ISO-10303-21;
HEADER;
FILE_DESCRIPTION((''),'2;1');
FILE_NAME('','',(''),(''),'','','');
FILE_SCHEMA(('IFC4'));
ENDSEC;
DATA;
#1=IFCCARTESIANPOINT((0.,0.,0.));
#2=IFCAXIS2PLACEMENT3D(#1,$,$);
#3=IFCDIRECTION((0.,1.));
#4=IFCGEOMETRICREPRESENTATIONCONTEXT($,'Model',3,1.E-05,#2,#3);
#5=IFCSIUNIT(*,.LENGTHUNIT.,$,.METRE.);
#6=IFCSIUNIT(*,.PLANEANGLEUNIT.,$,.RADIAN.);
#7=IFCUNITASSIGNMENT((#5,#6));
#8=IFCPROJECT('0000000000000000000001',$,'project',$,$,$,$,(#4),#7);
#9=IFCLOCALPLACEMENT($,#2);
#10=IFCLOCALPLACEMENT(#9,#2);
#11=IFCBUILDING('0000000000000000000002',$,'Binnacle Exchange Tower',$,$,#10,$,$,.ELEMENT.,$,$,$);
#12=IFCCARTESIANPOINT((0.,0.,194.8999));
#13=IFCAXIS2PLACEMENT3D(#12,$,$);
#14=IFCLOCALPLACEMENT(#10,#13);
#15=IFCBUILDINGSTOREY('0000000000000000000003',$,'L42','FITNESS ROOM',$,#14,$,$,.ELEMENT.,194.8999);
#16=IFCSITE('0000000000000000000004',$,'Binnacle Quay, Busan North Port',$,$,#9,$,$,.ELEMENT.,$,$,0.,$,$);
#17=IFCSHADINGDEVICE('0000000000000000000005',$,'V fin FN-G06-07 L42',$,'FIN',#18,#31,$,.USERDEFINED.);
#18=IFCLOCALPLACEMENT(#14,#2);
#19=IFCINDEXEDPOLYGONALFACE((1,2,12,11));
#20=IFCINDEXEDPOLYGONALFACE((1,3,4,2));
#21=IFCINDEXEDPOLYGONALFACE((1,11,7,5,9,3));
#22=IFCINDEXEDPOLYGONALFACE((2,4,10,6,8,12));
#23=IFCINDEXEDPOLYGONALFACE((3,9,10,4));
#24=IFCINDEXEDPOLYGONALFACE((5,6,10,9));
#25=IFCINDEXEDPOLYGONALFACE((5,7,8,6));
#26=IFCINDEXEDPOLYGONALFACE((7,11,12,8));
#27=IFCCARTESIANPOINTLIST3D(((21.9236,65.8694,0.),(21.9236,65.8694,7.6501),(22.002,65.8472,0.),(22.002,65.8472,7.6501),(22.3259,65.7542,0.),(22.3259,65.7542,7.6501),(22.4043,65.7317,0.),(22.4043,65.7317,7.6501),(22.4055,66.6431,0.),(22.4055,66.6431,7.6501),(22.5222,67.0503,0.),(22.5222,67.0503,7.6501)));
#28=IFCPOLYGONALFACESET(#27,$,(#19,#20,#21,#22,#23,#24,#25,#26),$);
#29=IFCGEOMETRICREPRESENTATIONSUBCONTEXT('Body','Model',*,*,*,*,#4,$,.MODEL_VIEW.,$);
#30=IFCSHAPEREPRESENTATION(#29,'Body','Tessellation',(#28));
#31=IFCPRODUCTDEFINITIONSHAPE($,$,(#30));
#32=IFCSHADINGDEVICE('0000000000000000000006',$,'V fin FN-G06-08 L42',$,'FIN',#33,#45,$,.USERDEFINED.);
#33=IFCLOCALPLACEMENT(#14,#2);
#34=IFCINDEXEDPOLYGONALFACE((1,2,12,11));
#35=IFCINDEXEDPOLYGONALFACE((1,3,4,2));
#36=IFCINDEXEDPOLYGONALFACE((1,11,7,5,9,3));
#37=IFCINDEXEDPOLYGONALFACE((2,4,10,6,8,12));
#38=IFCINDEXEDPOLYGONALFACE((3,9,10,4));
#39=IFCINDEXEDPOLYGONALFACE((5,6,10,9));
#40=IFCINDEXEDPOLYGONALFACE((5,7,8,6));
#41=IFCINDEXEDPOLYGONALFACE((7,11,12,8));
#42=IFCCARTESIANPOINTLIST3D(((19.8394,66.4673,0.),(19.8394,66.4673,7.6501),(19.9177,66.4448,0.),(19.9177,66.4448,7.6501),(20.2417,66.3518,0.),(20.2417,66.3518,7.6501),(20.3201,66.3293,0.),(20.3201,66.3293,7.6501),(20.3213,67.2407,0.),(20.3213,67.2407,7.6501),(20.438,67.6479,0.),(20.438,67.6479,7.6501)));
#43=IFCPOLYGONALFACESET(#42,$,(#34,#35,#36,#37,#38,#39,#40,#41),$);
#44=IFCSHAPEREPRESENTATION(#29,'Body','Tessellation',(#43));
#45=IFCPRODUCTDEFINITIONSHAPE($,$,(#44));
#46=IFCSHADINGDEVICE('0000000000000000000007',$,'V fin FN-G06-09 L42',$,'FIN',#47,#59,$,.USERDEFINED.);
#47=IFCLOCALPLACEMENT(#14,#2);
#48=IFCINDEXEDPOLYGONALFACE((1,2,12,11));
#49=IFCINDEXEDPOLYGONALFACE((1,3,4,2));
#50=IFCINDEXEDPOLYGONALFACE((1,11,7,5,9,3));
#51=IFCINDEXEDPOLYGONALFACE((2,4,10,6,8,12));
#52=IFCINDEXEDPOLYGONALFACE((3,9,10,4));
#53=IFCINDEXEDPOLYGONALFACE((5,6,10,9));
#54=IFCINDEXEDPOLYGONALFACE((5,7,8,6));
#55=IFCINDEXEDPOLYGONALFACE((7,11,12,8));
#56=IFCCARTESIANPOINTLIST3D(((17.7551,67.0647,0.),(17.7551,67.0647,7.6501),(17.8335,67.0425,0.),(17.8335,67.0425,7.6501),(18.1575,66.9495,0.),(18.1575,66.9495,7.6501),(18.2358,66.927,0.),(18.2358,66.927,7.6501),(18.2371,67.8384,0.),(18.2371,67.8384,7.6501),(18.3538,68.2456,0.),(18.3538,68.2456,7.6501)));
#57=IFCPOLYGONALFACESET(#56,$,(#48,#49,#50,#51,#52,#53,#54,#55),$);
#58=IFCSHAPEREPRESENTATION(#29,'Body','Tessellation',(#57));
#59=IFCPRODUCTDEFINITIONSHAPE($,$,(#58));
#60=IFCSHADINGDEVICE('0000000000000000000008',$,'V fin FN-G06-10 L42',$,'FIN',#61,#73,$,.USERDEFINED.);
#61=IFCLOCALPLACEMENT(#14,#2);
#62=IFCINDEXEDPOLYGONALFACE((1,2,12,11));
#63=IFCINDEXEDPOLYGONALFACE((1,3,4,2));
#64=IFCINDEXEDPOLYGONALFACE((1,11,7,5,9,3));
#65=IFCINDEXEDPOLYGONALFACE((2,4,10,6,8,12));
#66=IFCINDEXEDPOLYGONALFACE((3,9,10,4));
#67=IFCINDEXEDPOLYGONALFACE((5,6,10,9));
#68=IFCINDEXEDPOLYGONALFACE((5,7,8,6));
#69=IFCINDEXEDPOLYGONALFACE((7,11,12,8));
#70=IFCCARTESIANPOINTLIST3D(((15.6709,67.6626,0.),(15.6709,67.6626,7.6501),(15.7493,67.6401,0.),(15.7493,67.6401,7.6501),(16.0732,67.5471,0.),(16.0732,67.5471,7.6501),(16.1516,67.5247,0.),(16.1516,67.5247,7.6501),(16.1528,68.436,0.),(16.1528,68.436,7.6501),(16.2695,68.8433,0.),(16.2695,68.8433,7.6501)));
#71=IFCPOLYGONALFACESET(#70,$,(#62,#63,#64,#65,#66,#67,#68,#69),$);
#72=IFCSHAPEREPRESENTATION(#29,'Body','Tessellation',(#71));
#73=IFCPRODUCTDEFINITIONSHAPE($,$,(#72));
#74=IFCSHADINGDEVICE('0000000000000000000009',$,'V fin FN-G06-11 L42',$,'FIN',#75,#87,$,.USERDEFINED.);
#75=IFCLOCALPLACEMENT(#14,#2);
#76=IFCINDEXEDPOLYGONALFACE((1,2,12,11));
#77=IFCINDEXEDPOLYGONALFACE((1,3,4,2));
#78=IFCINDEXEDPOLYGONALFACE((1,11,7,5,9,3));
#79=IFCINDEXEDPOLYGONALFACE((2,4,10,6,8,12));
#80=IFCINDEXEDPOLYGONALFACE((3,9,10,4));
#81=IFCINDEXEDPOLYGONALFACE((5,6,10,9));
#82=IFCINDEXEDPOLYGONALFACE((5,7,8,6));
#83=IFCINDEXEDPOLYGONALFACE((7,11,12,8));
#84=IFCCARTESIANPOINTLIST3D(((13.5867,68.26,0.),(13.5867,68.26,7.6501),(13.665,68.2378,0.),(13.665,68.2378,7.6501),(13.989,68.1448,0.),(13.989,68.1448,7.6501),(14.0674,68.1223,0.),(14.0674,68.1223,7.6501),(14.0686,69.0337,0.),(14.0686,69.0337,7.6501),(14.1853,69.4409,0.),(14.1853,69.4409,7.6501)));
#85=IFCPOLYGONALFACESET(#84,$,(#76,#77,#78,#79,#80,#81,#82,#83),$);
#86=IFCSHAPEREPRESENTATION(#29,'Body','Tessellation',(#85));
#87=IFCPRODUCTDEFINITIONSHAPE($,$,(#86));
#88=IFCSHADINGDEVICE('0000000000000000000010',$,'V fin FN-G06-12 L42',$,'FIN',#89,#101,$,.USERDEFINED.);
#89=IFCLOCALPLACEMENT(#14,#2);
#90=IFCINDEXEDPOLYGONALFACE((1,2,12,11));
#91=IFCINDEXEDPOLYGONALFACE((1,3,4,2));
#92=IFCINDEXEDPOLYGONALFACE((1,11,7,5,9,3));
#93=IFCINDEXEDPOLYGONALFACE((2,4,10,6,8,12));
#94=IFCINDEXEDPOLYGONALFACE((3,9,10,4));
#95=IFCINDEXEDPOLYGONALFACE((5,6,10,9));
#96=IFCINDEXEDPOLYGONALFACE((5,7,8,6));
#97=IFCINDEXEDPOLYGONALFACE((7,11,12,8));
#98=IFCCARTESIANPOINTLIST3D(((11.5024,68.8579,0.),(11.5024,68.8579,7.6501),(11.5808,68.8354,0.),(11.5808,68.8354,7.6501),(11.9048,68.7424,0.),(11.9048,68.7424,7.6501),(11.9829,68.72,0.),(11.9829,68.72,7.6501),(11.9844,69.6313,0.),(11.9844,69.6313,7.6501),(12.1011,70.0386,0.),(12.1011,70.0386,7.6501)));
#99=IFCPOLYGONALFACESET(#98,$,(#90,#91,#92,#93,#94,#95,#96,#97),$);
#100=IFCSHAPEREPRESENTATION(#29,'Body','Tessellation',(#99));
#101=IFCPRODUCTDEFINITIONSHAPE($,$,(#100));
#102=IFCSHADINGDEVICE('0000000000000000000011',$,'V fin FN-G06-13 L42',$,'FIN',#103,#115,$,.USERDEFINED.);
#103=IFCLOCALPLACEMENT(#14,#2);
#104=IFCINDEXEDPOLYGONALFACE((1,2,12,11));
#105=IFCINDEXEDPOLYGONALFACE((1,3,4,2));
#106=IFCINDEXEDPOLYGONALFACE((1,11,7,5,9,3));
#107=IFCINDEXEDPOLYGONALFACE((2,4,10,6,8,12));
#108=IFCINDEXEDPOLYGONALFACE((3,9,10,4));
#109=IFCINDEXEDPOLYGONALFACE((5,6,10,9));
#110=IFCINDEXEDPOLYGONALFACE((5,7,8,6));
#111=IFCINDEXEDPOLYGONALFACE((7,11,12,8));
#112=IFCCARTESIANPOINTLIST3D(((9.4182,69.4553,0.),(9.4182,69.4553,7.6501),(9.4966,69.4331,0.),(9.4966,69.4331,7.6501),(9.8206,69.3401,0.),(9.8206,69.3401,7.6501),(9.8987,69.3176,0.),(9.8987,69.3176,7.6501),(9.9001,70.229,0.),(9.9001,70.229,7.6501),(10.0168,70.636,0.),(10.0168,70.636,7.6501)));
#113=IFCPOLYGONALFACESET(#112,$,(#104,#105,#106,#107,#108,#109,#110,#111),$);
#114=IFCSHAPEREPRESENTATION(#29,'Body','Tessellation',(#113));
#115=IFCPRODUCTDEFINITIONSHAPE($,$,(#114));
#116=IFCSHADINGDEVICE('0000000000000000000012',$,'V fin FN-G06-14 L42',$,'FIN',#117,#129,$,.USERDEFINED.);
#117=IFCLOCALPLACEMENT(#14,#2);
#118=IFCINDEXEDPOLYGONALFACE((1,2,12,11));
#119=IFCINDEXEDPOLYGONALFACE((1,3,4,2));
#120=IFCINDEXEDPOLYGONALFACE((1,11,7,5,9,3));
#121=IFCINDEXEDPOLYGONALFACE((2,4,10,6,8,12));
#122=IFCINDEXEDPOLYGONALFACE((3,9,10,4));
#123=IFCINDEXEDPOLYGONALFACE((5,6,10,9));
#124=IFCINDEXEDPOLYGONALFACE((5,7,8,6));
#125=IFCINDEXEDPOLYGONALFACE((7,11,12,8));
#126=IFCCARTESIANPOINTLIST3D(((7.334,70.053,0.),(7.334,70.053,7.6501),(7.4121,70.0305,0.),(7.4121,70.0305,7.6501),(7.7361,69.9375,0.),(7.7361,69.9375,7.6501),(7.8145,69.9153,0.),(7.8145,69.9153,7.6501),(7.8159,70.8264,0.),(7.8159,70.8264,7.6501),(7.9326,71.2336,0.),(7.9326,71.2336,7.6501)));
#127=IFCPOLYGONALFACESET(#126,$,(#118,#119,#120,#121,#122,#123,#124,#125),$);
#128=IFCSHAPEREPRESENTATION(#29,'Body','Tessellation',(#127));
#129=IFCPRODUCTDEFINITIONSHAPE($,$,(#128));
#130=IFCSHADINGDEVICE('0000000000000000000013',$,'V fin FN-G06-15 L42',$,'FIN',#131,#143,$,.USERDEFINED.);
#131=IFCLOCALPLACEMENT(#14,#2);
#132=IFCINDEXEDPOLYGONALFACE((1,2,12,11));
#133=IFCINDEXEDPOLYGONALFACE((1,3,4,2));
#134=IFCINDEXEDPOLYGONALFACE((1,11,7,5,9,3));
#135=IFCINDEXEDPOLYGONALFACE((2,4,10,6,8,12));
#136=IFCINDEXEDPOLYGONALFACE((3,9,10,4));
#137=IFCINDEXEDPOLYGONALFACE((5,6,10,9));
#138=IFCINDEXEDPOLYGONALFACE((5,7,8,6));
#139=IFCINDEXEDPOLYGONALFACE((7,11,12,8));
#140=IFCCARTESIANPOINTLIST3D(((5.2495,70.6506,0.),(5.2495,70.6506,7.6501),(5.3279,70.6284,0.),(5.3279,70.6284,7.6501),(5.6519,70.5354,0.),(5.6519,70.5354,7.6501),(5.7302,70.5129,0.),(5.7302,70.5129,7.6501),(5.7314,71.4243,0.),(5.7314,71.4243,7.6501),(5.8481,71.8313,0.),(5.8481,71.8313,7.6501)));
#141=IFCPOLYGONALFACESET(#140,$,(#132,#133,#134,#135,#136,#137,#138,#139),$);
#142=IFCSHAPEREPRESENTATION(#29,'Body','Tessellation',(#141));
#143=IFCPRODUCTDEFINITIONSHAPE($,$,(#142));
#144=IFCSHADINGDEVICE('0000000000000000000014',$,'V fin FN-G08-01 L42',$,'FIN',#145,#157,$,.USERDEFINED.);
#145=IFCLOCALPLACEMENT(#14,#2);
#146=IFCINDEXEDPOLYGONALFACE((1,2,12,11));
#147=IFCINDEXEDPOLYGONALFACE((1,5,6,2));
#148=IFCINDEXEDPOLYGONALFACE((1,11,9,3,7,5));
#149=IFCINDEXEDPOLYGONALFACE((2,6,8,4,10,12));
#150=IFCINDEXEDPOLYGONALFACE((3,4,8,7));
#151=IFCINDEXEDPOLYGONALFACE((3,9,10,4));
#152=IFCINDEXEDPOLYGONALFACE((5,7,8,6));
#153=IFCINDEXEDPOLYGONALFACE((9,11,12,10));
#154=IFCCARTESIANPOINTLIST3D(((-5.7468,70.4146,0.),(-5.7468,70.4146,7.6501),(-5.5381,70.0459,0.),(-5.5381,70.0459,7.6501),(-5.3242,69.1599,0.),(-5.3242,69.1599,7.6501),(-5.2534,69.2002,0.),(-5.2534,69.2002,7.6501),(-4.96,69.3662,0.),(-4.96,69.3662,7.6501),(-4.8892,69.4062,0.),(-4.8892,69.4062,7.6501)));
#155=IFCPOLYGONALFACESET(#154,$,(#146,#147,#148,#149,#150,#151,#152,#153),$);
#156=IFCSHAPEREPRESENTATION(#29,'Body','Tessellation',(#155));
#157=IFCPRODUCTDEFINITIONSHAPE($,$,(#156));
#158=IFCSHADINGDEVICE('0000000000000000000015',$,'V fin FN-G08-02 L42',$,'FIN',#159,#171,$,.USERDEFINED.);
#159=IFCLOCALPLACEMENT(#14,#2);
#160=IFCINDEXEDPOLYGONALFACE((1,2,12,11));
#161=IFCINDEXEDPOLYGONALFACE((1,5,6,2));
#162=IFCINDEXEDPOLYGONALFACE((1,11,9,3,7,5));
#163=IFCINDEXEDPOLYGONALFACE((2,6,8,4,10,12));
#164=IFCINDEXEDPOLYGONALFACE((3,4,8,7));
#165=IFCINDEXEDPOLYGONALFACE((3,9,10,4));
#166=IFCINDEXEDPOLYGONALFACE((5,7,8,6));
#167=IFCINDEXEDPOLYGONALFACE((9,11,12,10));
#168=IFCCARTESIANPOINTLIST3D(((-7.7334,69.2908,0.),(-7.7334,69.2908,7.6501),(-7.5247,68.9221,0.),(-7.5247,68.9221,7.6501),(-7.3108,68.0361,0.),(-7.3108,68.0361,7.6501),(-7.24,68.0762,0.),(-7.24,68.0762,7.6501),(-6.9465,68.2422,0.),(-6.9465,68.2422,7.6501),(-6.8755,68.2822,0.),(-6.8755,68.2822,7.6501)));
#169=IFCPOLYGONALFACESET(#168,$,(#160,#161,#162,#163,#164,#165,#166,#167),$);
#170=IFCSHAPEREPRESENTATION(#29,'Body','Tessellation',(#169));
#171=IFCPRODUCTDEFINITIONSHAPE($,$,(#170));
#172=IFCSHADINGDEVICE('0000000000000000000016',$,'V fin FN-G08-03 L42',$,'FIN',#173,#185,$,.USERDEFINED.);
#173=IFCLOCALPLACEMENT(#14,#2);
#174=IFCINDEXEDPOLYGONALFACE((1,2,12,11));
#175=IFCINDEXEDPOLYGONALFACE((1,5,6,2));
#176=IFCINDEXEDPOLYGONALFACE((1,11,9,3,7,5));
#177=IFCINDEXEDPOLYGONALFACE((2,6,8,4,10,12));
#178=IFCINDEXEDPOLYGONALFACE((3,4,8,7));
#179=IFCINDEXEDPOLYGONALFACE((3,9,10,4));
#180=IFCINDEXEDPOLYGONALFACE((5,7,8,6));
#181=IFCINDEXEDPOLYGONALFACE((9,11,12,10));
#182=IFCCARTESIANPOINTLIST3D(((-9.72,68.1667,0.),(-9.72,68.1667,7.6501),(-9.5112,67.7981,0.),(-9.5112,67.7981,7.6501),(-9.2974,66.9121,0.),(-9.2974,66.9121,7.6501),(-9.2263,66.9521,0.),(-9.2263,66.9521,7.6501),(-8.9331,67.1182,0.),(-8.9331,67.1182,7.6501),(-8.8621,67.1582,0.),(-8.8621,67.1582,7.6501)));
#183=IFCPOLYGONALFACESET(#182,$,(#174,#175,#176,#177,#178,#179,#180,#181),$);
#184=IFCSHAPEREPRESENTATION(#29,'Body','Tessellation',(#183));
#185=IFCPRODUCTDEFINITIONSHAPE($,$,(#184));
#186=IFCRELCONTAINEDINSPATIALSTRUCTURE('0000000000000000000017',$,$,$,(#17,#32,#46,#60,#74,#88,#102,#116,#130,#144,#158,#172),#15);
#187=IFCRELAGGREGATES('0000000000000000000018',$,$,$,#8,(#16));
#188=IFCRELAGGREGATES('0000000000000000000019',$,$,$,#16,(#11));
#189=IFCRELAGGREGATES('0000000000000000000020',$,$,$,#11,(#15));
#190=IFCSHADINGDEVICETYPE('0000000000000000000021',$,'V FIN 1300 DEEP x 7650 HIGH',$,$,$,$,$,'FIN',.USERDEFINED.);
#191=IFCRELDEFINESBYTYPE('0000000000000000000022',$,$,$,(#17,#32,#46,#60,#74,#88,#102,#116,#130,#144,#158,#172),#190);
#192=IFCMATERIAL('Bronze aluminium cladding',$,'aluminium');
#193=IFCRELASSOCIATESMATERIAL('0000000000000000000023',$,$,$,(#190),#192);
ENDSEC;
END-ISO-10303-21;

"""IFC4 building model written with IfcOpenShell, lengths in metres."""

from ifc_helpers import new_model, si_unit, direction, frame, origin, place, context, subcontext, project, spatial, polyline, outline, extrude, material, type_object, element, save


model = new_model("IFC4")

# Units and contexts
model_context = context("Model", 3, precision=1e-05, world=origin(), true_north=direction((0.0, 1.0)))
body_context = subcontext(model_context, "Body", "Model", "MODEL_VIEW")
ifc_project = project(units=[si_unit("LENGTHUNIT", "METRE"), si_unit("PLANEANGLEUNIT", "RADIAN")], contexts=[model_context])

# Site, building, storey
site_placement = place(None, origin())
site = spatial("IfcSite", under=ifc_project, at=site_placement, Name="Binnacle Quay, Busan North Port", CompositionType="ELEMENT", RefElevation=0.0)
building_placement = place(site_placement, origin())
building = spatial("IfcBuilding", under=site, at=building_placement, Name="Binnacle Exchange Tower", CompositionType="ELEMENT")
storey_placement = place(building_placement, frame((0.0, 0.0, 194.8999)))
storey = spatial("IfcBuildingStorey", under=building, at=storey_placement, Name="L42", Description="FITNESS ROOM", CompositionType="ELEMENT", Elevation=194.8999)

# Shading devices
ifc_material = material(Name="Bronze aluminium cladding", Category="aluminium")
shading_device_type = type_object("IfcShadingDeviceType", Name="V FIN 1300 DEEP x 7650 HIGH", ElementType="FIN", PredefinedType="USERDEFINED", material=ifc_material)
shading_device_1_placement = place(storey_placement, origin())
element("IfcShadingDevice", 1, at=shading_device_1_placement, inside=storey, type_object=shading_device_type, Name="V fin FN-G06-07 L42", ObjectType="FIN", PredefinedType="USERDEFINED", context=body_context, shape_type="SweptSolid", body=[
    extrude(outline(polyline([(22.4043, 65.7317), (22.5222, 67.0503), (21.9236, 65.8694), (22.002, 65.8472), (22.4055, 66.6431), (22.3259, 65.7542), (22.4043, 65.7317)])), origin(), (0.0, 0.0, 1.0), 7.6501),
])
shading_device_2_placement = place(storey_placement, origin())
element("IfcShadingDevice", 2, at=shading_device_2_placement, inside=storey, type_object=shading_device_type, Name="V fin FN-G06-08 L42", ObjectType="FIN", PredefinedType="USERDEFINED", context=body_context, shape_type="SweptSolid", body=[
    extrude(outline(polyline([(20.3201, 66.3293), (20.438, 67.6479), (19.8394, 66.4673), (19.9177, 66.4448), (20.3213, 67.2407), (20.2417, 66.3518), (20.3201, 66.3293)])), origin(), (0.0, 0.0, 1.0), 7.6501),
])
shading_device_3_placement = place(storey_placement, origin())
element("IfcShadingDevice", 3, at=shading_device_3_placement, inside=storey, type_object=shading_device_type, Name="V fin FN-G06-09 L42", ObjectType="FIN", PredefinedType="USERDEFINED", context=body_context, shape_type="SweptSolid", body=[
    extrude(outline(polyline([(18.2358, 66.927), (18.3538, 68.2456), (17.7551, 67.0647), (17.8335, 67.0425), (18.2371, 67.8384), (18.1575, 66.9495), (18.2358, 66.927)])), origin(), (0.0, 0.0, 1.0), 7.6501),
])
shading_device_4_placement = place(storey_placement, origin())
element("IfcShadingDevice", 4, at=shading_device_4_placement, inside=storey, type_object=shading_device_type, Name="V fin FN-G06-10 L42", ObjectType="FIN", PredefinedType="USERDEFINED", context=body_context, shape_type="SweptSolid", body=[
    extrude(outline(polyline([(16.1516, 67.5247), (16.2695, 68.8433), (15.6709, 67.6626), (15.7493, 67.6401), (16.1528, 68.436), (16.0732, 67.5471), (16.1516, 67.5247)])), origin(), (0.0, 0.0, 1.0), 7.6501),
])
shading_device_5_placement = place(storey_placement, origin())
element("IfcShadingDevice", 5, at=shading_device_5_placement, inside=storey, type_object=shading_device_type, Name="V fin FN-G06-11 L42", ObjectType="FIN", PredefinedType="USERDEFINED", context=body_context, shape_type="SweptSolid", body=[
    extrude(outline(polyline([(14.0674, 68.1223), (14.1853, 69.4409), (13.5867, 68.26), (13.665, 68.2378), (14.0686, 69.0337), (13.989, 68.1448), (14.0674, 68.1223)])), origin(), (0.0, 0.0, 1.0), 7.6501),
])
shading_device_6_placement = place(storey_placement, origin())
element("IfcShadingDevice", 6, at=shading_device_6_placement, inside=storey, type_object=shading_device_type, Name="V fin FN-G06-12 L42", ObjectType="FIN", PredefinedType="USERDEFINED", context=body_context, shape_type="SweptSolid", body=[
    extrude(outline(polyline([(11.9829, 68.72), (12.1011, 70.0386), (11.5024, 68.8579), (11.5808, 68.8354), (11.9844, 69.6313), (11.9048, 68.7424), (11.9829, 68.72)])), origin(), (0.0, 0.0, 1.0), 7.6501),
])
shading_device_7_placement = place(storey_placement, origin())
element("IfcShadingDevice", 7, at=shading_device_7_placement, inside=storey, type_object=shading_device_type, Name="V fin FN-G06-13 L42", ObjectType="FIN", PredefinedType="USERDEFINED", context=body_context, shape_type="SweptSolid", body=[
    extrude(outline(polyline([(9.8987, 69.3176), (10.0168, 70.636), (9.4182, 69.4553), (9.4966, 69.4331), (9.9001, 70.229), (9.8206, 69.3401), (9.8987, 69.3176)])), origin(), (0.0, 0.0, 1.0), 7.6501),
])
shading_device_8_placement = place(storey_placement, origin())
element("IfcShadingDevice", 8, at=shading_device_8_placement, inside=storey, type_object=shading_device_type, Name="V fin FN-G06-14 L42", ObjectType="FIN", PredefinedType="USERDEFINED", context=body_context, shape_type="SweptSolid", body=[
    extrude(outline(polyline([(7.8145, 69.9153), (7.9326, 71.2336), (7.334, 70.053), (7.4121, 70.0305), (7.8159, 70.8264), (7.7361, 69.9375), (7.8145, 69.9153)])), origin(), (0.0, 0.0, 1.0), 7.6501),
])
shading_device_9_placement = place(storey_placement, origin())
element("IfcShadingDevice", 9, at=shading_device_9_placement, inside=storey, type_object=shading_device_type, Name="V fin FN-G06-15 L42", ObjectType="FIN", PredefinedType="USERDEFINED", context=body_context, shape_type="SweptSolid", body=[
    extrude(outline(polyline([(5.7302, 70.5129), (5.8481, 71.8313), (5.2495, 70.6506), (5.3279, 70.6284), (5.7314, 71.4243), (5.6519, 70.5354), (5.7302, 70.5129)])), origin(), (0.0, 0.0, 1.0), 7.6501),
])
shading_device_10_placement = place(storey_placement, origin())
element("IfcShadingDevice", 10, at=shading_device_10_placement, inside=storey, type_object=shading_device_type, Name="V fin FN-G08-01 L42", ObjectType="FIN", PredefinedType="USERDEFINED", context=body_context, shape_type="SweptSolid", body=[
    extrude(outline(polyline([(-4.8892, 69.4062), (-5.7468, 70.4146), (-5.3242, 69.1599), (-5.2534, 69.2002), (-5.5381, 70.0459), (-4.96, 69.3662), (-4.8892, 69.4062)])), origin(), (0.0, 0.0, 1.0), 7.6501),
])
shading_device_11_placement = place(storey_placement, origin())
element("IfcShadingDevice", 11, at=shading_device_11_placement, inside=storey, type_object=shading_device_type, Name="V fin FN-G08-02 L42", ObjectType="FIN", PredefinedType="USERDEFINED", context=body_context, shape_type="SweptSolid", body=[
    extrude(outline(polyline([(-6.8755, 68.2822), (-7.7334, 69.2908), (-7.3108, 68.0361), (-7.24, 68.0762), (-7.5247, 68.9221), (-6.9465, 68.2422), (-6.8755, 68.2822)])), origin(), (0.0, 0.0, 1.0), 7.6501),
])
shading_device_12_placement = place(storey_placement, origin())
element("IfcShadingDevice", 12, at=shading_device_12_placement, inside=storey, type_object=shading_device_type, Name="V fin FN-G08-03 L42", ObjectType="FIN", PredefinedType="USERDEFINED", context=body_context, shape_type="SweptSolid", body=[
    extrude(outline(polyline([(-8.8621, 67.1582), (-9.72, 68.1667), (-9.2974, 66.9121), (-9.2263, 66.9521), (-9.5112, 67.7981), (-8.9331, 67.1182), (-8.8621, 67.1582)])), origin(), (0.0, 0.0, 1.0), 7.6501),
])

save(model, "model.ifc")
